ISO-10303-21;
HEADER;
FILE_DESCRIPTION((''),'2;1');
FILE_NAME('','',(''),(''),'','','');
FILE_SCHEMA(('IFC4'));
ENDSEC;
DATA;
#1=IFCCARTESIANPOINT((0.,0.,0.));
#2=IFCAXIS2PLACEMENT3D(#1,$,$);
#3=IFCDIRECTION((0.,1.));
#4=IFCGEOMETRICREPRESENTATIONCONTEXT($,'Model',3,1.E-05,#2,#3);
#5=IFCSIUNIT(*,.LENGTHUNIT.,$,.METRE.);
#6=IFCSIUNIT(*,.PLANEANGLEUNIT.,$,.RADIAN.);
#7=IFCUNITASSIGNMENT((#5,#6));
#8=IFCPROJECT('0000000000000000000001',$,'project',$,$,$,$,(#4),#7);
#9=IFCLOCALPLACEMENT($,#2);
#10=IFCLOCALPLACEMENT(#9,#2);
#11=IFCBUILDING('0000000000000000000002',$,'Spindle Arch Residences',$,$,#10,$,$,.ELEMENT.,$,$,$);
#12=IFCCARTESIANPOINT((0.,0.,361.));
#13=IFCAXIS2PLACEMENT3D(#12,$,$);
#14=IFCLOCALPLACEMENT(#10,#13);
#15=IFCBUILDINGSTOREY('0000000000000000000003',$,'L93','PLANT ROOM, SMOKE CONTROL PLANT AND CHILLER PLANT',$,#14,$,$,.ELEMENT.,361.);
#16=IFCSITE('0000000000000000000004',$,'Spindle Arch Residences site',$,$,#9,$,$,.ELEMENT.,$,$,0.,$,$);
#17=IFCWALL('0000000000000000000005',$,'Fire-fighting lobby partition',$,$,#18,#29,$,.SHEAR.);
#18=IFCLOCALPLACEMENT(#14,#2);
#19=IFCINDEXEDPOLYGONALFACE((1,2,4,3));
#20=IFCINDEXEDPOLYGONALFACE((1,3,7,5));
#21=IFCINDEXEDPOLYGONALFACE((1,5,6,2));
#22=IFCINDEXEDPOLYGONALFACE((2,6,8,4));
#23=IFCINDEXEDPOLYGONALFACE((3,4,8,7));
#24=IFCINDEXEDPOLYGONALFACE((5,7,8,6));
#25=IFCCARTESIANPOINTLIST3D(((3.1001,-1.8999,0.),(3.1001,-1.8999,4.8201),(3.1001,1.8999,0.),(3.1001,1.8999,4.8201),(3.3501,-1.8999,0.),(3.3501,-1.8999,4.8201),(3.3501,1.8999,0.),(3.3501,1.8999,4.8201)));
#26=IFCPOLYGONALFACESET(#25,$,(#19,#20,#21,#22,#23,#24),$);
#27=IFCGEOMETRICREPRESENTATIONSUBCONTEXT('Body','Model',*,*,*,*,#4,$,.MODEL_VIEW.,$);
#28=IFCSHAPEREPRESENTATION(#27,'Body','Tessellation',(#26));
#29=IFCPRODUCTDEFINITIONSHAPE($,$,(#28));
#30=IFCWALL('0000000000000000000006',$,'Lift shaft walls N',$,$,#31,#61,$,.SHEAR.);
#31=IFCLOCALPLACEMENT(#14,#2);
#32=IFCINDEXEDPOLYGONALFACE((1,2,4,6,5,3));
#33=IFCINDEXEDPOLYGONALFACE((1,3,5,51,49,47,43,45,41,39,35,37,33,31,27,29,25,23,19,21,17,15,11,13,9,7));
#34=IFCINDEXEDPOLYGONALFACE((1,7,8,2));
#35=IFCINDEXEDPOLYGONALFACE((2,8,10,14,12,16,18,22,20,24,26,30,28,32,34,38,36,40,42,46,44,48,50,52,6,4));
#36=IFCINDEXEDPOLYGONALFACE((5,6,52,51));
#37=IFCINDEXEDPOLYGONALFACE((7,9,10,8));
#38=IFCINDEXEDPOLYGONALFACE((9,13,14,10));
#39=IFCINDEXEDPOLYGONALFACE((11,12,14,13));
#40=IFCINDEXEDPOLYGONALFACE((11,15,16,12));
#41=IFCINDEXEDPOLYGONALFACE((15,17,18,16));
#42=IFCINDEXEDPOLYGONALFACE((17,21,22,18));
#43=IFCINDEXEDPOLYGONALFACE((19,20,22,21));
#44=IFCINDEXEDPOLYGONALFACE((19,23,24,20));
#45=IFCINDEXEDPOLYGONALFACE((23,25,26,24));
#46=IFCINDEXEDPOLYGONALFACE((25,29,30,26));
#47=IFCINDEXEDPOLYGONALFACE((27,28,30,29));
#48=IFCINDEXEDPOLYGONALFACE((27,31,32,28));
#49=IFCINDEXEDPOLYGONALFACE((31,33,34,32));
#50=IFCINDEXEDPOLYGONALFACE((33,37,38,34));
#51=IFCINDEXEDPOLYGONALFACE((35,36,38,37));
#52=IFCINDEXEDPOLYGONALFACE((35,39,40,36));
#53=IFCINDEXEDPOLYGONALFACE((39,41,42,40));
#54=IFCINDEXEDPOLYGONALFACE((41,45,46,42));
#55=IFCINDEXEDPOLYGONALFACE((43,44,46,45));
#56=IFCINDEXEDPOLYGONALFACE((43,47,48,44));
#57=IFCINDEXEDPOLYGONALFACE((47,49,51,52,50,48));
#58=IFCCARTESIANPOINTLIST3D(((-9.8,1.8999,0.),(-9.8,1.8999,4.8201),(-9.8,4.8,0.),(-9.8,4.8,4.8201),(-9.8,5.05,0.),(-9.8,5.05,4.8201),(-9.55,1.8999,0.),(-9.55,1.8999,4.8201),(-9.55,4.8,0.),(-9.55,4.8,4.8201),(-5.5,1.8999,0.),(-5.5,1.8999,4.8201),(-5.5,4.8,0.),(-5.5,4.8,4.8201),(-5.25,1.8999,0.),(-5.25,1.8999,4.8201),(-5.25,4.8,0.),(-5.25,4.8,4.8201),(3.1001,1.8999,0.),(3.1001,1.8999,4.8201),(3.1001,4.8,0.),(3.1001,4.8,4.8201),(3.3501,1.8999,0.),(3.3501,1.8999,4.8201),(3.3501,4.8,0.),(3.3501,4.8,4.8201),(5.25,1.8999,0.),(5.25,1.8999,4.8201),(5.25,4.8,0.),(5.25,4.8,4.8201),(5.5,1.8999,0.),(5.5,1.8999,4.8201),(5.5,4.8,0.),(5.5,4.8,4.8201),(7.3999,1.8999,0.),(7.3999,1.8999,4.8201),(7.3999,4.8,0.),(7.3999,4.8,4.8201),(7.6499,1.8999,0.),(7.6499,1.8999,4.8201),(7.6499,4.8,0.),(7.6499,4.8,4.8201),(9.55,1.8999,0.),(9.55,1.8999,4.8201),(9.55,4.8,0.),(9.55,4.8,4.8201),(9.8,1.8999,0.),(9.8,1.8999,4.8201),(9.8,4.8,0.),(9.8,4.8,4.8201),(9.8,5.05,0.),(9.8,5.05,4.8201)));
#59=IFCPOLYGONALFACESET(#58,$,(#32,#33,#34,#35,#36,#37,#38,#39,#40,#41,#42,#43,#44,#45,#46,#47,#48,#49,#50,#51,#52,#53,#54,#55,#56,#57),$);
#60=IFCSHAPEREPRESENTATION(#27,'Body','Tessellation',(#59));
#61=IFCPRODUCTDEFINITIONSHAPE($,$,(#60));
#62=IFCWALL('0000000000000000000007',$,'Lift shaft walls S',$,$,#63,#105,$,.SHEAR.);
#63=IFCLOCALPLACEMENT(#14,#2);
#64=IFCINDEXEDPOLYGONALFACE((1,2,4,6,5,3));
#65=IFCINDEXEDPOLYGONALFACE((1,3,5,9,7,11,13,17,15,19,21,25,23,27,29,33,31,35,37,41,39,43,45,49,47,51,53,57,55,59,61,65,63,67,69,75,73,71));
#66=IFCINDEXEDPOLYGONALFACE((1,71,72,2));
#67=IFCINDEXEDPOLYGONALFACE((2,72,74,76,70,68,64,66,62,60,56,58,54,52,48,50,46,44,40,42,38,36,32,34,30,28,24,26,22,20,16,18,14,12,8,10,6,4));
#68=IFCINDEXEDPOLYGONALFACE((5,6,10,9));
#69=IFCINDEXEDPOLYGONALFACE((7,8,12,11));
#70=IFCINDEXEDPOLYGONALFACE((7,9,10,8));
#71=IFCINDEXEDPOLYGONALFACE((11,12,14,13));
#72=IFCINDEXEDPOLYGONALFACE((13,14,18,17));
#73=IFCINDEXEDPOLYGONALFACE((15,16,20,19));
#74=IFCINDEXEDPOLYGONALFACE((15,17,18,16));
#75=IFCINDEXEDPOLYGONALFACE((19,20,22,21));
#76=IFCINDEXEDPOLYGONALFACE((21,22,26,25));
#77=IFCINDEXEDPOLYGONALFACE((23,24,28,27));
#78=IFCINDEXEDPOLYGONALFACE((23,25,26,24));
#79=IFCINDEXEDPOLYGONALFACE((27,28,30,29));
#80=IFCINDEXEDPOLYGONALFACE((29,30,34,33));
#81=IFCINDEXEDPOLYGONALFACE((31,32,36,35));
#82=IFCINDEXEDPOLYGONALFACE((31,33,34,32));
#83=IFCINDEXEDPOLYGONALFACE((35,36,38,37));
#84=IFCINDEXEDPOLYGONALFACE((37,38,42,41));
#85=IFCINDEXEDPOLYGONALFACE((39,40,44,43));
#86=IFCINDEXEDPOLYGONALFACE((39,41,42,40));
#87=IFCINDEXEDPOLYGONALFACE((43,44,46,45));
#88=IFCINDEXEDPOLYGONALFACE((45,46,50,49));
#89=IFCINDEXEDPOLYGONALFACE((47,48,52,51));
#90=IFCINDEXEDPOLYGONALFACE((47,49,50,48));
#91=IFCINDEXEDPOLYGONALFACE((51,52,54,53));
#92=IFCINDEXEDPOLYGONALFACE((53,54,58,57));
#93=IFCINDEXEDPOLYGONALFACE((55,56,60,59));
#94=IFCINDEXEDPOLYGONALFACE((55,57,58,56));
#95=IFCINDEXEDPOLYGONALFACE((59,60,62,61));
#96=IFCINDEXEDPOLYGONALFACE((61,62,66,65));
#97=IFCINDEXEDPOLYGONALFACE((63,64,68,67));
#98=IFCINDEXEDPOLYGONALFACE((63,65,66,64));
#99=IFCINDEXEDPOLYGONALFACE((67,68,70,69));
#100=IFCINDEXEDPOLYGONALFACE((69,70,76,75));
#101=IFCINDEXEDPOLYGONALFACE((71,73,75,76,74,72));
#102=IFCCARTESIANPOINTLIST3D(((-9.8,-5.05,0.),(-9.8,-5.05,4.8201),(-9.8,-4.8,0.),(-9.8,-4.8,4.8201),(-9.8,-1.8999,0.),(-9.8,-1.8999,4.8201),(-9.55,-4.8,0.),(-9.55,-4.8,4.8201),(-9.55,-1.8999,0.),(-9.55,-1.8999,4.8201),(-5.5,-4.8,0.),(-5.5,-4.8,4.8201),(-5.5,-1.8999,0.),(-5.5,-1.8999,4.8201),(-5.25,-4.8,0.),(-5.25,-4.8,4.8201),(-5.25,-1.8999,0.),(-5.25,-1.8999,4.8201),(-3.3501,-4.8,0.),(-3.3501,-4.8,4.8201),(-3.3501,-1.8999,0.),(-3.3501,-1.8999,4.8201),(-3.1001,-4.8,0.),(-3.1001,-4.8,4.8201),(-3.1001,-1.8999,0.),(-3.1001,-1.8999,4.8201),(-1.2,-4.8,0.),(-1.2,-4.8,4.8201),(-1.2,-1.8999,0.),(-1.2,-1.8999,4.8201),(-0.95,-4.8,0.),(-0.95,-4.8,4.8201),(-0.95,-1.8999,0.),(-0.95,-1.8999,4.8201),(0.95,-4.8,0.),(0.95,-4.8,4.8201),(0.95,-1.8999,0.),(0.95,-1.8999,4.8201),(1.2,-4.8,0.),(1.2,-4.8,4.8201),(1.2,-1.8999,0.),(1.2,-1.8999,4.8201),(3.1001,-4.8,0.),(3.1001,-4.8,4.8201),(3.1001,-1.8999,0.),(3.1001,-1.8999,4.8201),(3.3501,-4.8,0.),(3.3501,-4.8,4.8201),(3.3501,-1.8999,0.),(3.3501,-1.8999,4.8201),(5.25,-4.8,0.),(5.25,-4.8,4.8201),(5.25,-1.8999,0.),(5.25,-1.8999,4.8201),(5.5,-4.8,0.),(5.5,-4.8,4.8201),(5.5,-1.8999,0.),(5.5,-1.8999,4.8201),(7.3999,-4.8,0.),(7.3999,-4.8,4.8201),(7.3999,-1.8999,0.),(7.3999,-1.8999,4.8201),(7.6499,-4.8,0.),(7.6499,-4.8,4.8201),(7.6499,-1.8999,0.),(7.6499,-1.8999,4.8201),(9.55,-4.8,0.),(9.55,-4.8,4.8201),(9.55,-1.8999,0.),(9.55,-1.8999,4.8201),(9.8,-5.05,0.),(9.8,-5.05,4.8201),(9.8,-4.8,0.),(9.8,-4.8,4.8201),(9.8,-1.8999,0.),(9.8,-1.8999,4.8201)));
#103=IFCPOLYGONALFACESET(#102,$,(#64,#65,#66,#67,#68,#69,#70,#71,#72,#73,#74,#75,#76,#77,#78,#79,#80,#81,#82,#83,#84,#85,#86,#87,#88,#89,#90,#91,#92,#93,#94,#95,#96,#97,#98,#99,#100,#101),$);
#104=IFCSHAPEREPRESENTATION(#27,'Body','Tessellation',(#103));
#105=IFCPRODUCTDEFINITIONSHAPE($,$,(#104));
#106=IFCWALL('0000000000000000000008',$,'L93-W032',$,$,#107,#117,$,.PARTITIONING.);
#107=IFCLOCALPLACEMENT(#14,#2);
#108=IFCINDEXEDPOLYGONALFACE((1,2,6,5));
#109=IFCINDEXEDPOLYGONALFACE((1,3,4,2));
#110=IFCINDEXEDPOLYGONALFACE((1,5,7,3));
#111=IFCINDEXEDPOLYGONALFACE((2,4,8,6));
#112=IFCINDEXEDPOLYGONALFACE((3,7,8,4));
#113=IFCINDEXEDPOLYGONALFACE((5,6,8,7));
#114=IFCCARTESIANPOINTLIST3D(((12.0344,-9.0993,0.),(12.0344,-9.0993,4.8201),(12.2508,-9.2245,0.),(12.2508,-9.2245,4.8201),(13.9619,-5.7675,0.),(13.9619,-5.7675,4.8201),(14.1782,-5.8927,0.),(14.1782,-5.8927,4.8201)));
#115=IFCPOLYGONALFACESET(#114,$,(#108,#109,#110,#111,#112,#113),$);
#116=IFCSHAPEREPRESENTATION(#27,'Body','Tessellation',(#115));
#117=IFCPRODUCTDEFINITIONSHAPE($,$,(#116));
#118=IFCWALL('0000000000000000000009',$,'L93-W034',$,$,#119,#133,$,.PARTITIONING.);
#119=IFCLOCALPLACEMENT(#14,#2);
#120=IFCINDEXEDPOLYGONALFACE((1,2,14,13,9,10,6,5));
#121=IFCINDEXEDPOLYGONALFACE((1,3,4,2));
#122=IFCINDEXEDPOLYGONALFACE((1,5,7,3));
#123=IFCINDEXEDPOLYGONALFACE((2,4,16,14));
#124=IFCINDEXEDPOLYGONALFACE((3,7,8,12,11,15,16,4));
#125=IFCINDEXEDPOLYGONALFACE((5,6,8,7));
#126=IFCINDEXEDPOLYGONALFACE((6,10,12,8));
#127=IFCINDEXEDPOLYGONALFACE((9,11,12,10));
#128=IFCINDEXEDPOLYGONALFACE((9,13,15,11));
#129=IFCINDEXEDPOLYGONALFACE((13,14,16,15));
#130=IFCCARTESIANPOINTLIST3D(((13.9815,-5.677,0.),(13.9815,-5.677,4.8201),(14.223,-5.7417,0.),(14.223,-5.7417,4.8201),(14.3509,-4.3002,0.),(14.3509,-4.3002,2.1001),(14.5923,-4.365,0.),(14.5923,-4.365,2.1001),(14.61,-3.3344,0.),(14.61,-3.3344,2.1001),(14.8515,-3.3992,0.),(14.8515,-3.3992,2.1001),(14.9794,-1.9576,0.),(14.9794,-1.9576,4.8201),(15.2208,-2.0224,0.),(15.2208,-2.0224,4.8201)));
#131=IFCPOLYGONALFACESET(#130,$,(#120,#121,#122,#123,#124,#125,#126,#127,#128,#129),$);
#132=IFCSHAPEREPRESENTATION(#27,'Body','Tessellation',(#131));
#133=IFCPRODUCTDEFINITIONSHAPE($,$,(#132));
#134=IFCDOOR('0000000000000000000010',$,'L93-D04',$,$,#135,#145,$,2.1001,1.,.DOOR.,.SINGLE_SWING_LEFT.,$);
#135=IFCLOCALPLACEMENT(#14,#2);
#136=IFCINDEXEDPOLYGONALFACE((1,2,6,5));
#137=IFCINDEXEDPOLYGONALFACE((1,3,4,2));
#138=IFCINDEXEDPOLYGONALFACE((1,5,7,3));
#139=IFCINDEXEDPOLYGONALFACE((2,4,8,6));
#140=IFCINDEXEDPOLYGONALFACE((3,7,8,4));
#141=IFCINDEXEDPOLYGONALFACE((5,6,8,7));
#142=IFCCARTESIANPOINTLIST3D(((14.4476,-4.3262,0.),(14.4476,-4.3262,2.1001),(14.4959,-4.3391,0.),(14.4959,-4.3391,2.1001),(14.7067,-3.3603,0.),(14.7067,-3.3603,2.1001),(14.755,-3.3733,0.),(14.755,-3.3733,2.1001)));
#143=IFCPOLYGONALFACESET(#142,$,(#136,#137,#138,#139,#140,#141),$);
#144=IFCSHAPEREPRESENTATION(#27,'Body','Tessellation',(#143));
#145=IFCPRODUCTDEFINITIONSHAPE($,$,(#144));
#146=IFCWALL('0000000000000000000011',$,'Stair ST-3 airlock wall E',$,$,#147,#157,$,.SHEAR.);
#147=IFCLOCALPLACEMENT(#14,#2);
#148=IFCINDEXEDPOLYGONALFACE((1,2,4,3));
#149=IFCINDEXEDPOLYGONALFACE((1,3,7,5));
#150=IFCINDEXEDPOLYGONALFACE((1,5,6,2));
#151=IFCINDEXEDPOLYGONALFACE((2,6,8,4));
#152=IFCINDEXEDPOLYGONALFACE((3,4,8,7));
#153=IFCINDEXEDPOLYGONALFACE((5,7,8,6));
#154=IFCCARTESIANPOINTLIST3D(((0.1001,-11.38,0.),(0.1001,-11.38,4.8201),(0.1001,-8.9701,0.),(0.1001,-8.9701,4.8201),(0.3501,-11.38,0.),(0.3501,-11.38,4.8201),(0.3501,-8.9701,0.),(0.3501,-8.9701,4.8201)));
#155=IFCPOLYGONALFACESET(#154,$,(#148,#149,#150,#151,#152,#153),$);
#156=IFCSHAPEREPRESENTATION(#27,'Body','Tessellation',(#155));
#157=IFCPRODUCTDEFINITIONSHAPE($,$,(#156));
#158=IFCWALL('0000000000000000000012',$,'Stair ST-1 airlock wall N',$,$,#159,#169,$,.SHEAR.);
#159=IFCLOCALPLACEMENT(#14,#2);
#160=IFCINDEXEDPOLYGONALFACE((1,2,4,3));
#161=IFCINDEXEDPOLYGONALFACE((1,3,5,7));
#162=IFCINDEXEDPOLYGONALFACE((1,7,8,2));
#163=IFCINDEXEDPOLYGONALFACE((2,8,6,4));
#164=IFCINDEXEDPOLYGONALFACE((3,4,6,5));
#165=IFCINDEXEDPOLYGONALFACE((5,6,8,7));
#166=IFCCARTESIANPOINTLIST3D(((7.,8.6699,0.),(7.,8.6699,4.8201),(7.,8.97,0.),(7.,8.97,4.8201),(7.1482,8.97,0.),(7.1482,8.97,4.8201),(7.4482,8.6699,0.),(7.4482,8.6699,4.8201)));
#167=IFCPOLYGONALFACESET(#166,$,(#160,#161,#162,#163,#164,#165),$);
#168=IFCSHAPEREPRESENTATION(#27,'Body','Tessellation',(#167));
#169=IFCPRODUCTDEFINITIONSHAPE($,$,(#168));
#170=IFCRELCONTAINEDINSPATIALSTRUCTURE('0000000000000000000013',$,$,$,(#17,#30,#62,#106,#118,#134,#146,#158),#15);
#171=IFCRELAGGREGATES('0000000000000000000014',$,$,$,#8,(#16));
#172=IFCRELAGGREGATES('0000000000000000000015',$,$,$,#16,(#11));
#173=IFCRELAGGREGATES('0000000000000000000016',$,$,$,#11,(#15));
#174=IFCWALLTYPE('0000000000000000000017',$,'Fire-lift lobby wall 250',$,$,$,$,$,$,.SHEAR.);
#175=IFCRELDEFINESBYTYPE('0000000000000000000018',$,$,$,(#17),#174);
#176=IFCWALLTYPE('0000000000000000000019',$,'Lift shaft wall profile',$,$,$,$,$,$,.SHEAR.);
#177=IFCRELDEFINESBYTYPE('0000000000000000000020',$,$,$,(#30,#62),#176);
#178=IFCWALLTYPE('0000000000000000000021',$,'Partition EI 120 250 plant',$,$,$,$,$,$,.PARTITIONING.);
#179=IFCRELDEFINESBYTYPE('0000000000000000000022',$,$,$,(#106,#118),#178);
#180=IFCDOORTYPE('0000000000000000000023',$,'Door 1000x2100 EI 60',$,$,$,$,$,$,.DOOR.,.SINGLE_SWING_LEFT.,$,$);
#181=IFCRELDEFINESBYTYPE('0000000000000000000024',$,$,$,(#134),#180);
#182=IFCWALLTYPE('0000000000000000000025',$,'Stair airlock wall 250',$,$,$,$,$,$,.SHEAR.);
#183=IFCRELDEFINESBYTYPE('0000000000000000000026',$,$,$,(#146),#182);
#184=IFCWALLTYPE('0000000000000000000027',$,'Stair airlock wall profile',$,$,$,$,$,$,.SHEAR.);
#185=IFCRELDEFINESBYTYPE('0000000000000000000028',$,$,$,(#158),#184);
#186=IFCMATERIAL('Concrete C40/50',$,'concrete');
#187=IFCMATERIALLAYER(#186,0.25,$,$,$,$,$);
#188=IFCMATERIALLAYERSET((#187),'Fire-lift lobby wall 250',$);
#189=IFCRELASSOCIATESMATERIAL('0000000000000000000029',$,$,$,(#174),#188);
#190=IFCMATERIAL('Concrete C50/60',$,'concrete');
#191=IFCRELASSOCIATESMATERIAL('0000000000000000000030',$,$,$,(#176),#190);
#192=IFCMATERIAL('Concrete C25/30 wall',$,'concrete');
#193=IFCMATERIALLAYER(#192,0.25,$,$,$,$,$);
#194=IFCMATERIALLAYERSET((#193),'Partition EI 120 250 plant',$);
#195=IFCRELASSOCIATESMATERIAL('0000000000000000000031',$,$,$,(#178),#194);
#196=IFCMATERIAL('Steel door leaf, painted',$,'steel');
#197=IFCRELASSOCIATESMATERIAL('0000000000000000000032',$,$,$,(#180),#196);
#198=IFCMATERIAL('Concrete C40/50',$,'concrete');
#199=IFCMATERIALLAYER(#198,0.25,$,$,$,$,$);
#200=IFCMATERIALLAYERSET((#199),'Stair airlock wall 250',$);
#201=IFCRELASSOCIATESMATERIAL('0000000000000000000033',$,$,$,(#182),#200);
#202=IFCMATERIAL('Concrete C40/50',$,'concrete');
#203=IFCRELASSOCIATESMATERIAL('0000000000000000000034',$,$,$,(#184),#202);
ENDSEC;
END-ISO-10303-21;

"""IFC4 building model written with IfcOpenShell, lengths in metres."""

from ifc_helpers import new_model, si_unit, direction, frame, frame_2d, origin, place, context, subcontext, project, spatial, polyline, rectangle, outline, extrude, material, layer, layer_set, type_object, element, fill, save


model = new_model("IFC4")

# Units and contexts
model_context = context("Model", 3, precision=1e-05, world=origin(), true_north=direction((0.0, 1.0)))
body_context = subcontext(model_context, "Body", "Model", "MODEL_VIEW")
ifc_project = project(units=[si_unit("LENGTHUNIT", "METRE"), si_unit("PLANEANGLEUNIT", "RADIAN")], contexts=[model_context])

# Site, building, storey
site_placement = place(None, origin())
site = spatial("IfcSite", under=ifc_project, at=site_placement, Name="Spindle Arch Residences site", CompositionType="ELEMENT", RefElevation=0.0)
building_placement = place(site_placement, origin())
building = spatial("IfcBuilding", under=site, at=building_placement, Name="Spindle Arch Residences", CompositionType="ELEMENT")
storey_placement = place(building_placement, frame((0.0, 0.0, 361.0)))
storey = spatial("IfcBuildingStorey", under=building, at=storey_placement, Name="L93", Description="PLANT ROOM, SMOKE CONTROL PLANT AND CHILLER PLANT", CompositionType="ELEMENT", Elevation=361.0)

# Wall
ifc_material_1 = material(Name="Concrete C40/50", Category="concrete")
ifc_layer_1 = layer(ifc_material_1, 0.25)
ifc_layer_set_1 = layer_set([ifc_layer_1], Name="Fire-lift lobby wall 250")
wall_type_1 = type_object("IfcWallType", Name="Fire-lift lobby wall 250", PredefinedType="SHEAR", material=ifc_layer_set_1)
wall_1_placement = place(storey_placement, frame((3.2251, -1.8999, 0.0), z_axis=(0.0, 0.0, 1.0), x_axis=(0.0, 1.0, 0.0)))
element("IfcWall", 1, at=wall_1_placement, inside=storey, type_object=wall_type_1, Name="Fire-fighting lobby partition", PredefinedType="SHEAR", context=body_context, shape_type="SweptSolid", body=[
    extrude(rectangle(XDim=3.7998, YDim=0.25, at=frame_2d((1.8999, 0.0))), origin(), (0.0, 0.0, 1.0), 4.8201),
])

# Walls
ifc_material_2 = material(Name="Concrete C50/60", Category="concrete")
wall_type_2 = type_object("IfcWallType", Name="Lift shaft wall profile", PredefinedType="SHEAR", material=ifc_material_2)
wall_2_placement = place(storey_placement, origin())
element("IfcWall", 2, at=wall_2_placement, inside=storey, type_object=wall_type_2, Name="Lift shaft walls N", PredefinedType="SHEAR", context=body_context, shape_type="SweptSolid", body=[
    extrude(outline(polyline([(-9.8, 1.8999), (-9.55, 1.8999), (-9.55, 4.8), (-5.5, 4.8), (-5.5, 1.8999), (-5.25, 1.8999), (-5.25, 4.8), (3.1001, 4.8), (3.1001, 1.8999), (3.3501, 1.8999), (3.3501, 4.8), (5.25, 4.8), (5.25, 1.8999), (5.5, 1.8999), (5.5, 4.8), (7.3999, 4.8), (7.3999, 1.8999), (7.6499, 1.8999), (7.6499, 4.8), (9.55, 4.8), (9.55, 1.8999), (9.8, 1.8999), (9.8, 4.8), (9.8, 5.05), (-9.8, 5.05), (-9.8, 4.8), (-9.8, 1.8999)])), origin(), (0.0, 0.0, 1.0), 4.8201),
])
wall_3_placement = place(storey_placement, origin())
element("IfcWall", 3, at=wall_3_placement, inside=storey, type_object=wall_type_2, Name="Lift shaft walls S", PredefinedType="SHEAR", context=body_context, shape_type="SweptSolid", body=[
    extrude(outline(polyline([(9.8, -5.05), (9.8, -4.8), (9.8, -1.8999), (9.55, -1.8999), (9.55, -4.8), (7.6499, -4.8), (7.6499, -1.8999), (7.3999, -1.8999), (7.3999, -4.8), (5.5, -4.8), (5.5, -1.8999), (5.25, -1.8999), (5.25, -4.8), (3.3501, -4.8), (3.3501, -1.8999), (3.1001, -1.8999), (3.1001, -4.8), (1.2, -4.8), (1.2, -1.8999), (0.95, -1.8999), (0.95, -4.8), (-0.95, -4.8), (-0.95, -1.8999), (-1.2, -1.8999), (-1.2, -4.8), (-3.1001, -4.8), (-3.1001, -1.8999), (-3.3501, -1.8999), (-3.3501, -4.8), (-5.25, -4.8), (-5.25, -1.8999), (-5.5, -1.8999), (-5.5, -4.8), (-9.55, -4.8), (-9.55, -1.8999), (-9.8, -1.8999), (-9.8, -4.8), (-9.8, -5.05), (9.8, -5.05)])), origin(), (0.0, 0.0, 1.0), 4.8201),
])
ifc_material_3 = material(Name="Concrete C25/30 wall", Category="concrete")
ifc_layer_2 = layer(ifc_material_3, 0.25)
ifc_layer_set_2 = layer_set([ifc_layer_2], Name="Partition EI 120 250 plant")
wall_type_3 = type_object("IfcWallType", Name="Partition EI 120 250 plant", PredefinedType="PARTITIONING", material=ifc_layer_set_2)
wall_4_placement = place(storey_placement, frame((12.1426, -9.1619, 0.0), z_axis=(0.0, 0.0, 1.0), x_axis=(0.500756, 0.865588, 0.0)))
element("IfcWall", 4, at=wall_4_placement, inside=storey, type_object=wall_type_3, Name="L93-W032", PredefinedType="PARTITIONING", context=body_context, shape_type="SweptSolid", body=[
    extrude(rectangle(XDim=3.8491, YDim=0.25, at=frame_2d((1.9246, 0.0))), origin(), (0.0, 0.0, 1.0), 4.8201),
])

# Wall, opening, door
wall_5_placement = place(storey_placement, frame((14.1023, -5.7092, 0.0), z_axis=(0.0, 0.0, 1.0), x_axis=(0.259118, 0.965846, 0.0)))
wall_5 = element("IfcWall", 5, at=wall_5_placement, inside=storey, type_object=wall_type_3, Name="L93-W034", PredefinedType="PARTITIONING", context=body_context, shape_type="SweptSolid", body=[
    extrude(rectangle(XDim=3.8508, YDim=0.25, at=frame_2d((1.9253, 0.0))), origin(), (0.0, 0.0, 1.0), 4.8201),
])
opening_1_placement = place(wall_5_placement, frame((1.4253, 0.0, 0.0)))
opening_1 = element("IfcOpeningElement", 6, at=opening_1_placement, cuts=wall_5, PredefinedType="OPENING", context=body_context, shape_type="SweptSolid", body=[
    extrude(rectangle(XDim=1.0, YDim=2.1001, at=frame_2d((0.5, 1.05))), frame((0.0, 0.135, 0.0), z_axis=(0.0, -1.0, 0.0), x_axis=(1.0, 0.0, 0.0)), (0.0, 0.0, 1.0), 0.27),
])
ifc_material_4 = material(Name="Steel door leaf, painted", Category="steel")
door_type_1 = type_object("IfcDoorType", Name="Door 1000x2100 EI 60", OperationType="SINGLE_SWING_LEFT", PredefinedType="DOOR", material=ifc_material_4)
door_1_placement = place(opening_1_placement, origin())
door_1 = element("IfcDoor", 7, at=door_1_placement, inside=storey, type_object=door_type_1, Name="L93-D04", OperationType="SINGLE_SWING_LEFT", OverallHeight=2.1001, OverallWidth=1.0, PredefinedType="DOOR", context=body_context, shape_type="SweptSolid", body=[
    extrude(rectangle(XDim=1.0, YDim=2.1001, at=frame_2d((0.5, 1.05))), frame((0.0, 0.0249, 0.0), z_axis=(0.0, -1.0, 0.0), x_axis=(1.0, 0.0, 0.0)), (0.0, 0.0, 1.0), 0.05),
])
fill(opening_1, door_1)

# Walls
ifc_material_5 = material(Name="Concrete C40/50", Category="concrete")
ifc_layer_3 = layer(ifc_material_5, 0.25)
ifc_layer_set_3 = layer_set([ifc_layer_3], Name="Stair airlock wall 250")
wall_type_4 = type_object("IfcWallType", Name="Stair airlock wall 250", PredefinedType="SHEAR", material=ifc_layer_set_3)
wall_6_placement = place(storey_placement, frame((0.2251, -8.97, 0.0), z_axis=(0.0, 0.0, 1.0), x_axis=(0.0, -1.0, 0.0)))
element("IfcWall", 8, at=wall_6_placement, inside=storey, type_object=wall_type_4, Name="Stair ST-3 airlock wall E", PredefinedType="SHEAR", context=body_context, shape_type="SweptSolid", body=[
    extrude(rectangle(XDim=2.4099, YDim=0.25, at=frame_2d((1.2051, 0.0))), origin(), (0.0, 0.0, 1.0), 4.8201),
])
ifc_material_6 = material(Name="Concrete C40/50", Category="concrete")
wall_type_5 = type_object("IfcWallType", Name="Stair airlock wall profile", PredefinedType="SHEAR", material=ifc_material_6)
wall_7_placement = place(storey_placement, origin())
element("IfcWall", 9, at=wall_7_placement, inside=storey, type_object=wall_type_5, Name="Stair ST-1 airlock wall N", PredefinedType="SHEAR", context=body_context, shape_type="SweptSolid", body=[
    extrude(outline(polyline([(7.4482, 8.6699), (7.0, 8.6699), (7.0, 8.97), (7.1482, 8.97), (7.4482, 8.6699)])), origin(), (0.0, 0.0, 1.0), 4.8201),
])

save(model, "model.ifc")
